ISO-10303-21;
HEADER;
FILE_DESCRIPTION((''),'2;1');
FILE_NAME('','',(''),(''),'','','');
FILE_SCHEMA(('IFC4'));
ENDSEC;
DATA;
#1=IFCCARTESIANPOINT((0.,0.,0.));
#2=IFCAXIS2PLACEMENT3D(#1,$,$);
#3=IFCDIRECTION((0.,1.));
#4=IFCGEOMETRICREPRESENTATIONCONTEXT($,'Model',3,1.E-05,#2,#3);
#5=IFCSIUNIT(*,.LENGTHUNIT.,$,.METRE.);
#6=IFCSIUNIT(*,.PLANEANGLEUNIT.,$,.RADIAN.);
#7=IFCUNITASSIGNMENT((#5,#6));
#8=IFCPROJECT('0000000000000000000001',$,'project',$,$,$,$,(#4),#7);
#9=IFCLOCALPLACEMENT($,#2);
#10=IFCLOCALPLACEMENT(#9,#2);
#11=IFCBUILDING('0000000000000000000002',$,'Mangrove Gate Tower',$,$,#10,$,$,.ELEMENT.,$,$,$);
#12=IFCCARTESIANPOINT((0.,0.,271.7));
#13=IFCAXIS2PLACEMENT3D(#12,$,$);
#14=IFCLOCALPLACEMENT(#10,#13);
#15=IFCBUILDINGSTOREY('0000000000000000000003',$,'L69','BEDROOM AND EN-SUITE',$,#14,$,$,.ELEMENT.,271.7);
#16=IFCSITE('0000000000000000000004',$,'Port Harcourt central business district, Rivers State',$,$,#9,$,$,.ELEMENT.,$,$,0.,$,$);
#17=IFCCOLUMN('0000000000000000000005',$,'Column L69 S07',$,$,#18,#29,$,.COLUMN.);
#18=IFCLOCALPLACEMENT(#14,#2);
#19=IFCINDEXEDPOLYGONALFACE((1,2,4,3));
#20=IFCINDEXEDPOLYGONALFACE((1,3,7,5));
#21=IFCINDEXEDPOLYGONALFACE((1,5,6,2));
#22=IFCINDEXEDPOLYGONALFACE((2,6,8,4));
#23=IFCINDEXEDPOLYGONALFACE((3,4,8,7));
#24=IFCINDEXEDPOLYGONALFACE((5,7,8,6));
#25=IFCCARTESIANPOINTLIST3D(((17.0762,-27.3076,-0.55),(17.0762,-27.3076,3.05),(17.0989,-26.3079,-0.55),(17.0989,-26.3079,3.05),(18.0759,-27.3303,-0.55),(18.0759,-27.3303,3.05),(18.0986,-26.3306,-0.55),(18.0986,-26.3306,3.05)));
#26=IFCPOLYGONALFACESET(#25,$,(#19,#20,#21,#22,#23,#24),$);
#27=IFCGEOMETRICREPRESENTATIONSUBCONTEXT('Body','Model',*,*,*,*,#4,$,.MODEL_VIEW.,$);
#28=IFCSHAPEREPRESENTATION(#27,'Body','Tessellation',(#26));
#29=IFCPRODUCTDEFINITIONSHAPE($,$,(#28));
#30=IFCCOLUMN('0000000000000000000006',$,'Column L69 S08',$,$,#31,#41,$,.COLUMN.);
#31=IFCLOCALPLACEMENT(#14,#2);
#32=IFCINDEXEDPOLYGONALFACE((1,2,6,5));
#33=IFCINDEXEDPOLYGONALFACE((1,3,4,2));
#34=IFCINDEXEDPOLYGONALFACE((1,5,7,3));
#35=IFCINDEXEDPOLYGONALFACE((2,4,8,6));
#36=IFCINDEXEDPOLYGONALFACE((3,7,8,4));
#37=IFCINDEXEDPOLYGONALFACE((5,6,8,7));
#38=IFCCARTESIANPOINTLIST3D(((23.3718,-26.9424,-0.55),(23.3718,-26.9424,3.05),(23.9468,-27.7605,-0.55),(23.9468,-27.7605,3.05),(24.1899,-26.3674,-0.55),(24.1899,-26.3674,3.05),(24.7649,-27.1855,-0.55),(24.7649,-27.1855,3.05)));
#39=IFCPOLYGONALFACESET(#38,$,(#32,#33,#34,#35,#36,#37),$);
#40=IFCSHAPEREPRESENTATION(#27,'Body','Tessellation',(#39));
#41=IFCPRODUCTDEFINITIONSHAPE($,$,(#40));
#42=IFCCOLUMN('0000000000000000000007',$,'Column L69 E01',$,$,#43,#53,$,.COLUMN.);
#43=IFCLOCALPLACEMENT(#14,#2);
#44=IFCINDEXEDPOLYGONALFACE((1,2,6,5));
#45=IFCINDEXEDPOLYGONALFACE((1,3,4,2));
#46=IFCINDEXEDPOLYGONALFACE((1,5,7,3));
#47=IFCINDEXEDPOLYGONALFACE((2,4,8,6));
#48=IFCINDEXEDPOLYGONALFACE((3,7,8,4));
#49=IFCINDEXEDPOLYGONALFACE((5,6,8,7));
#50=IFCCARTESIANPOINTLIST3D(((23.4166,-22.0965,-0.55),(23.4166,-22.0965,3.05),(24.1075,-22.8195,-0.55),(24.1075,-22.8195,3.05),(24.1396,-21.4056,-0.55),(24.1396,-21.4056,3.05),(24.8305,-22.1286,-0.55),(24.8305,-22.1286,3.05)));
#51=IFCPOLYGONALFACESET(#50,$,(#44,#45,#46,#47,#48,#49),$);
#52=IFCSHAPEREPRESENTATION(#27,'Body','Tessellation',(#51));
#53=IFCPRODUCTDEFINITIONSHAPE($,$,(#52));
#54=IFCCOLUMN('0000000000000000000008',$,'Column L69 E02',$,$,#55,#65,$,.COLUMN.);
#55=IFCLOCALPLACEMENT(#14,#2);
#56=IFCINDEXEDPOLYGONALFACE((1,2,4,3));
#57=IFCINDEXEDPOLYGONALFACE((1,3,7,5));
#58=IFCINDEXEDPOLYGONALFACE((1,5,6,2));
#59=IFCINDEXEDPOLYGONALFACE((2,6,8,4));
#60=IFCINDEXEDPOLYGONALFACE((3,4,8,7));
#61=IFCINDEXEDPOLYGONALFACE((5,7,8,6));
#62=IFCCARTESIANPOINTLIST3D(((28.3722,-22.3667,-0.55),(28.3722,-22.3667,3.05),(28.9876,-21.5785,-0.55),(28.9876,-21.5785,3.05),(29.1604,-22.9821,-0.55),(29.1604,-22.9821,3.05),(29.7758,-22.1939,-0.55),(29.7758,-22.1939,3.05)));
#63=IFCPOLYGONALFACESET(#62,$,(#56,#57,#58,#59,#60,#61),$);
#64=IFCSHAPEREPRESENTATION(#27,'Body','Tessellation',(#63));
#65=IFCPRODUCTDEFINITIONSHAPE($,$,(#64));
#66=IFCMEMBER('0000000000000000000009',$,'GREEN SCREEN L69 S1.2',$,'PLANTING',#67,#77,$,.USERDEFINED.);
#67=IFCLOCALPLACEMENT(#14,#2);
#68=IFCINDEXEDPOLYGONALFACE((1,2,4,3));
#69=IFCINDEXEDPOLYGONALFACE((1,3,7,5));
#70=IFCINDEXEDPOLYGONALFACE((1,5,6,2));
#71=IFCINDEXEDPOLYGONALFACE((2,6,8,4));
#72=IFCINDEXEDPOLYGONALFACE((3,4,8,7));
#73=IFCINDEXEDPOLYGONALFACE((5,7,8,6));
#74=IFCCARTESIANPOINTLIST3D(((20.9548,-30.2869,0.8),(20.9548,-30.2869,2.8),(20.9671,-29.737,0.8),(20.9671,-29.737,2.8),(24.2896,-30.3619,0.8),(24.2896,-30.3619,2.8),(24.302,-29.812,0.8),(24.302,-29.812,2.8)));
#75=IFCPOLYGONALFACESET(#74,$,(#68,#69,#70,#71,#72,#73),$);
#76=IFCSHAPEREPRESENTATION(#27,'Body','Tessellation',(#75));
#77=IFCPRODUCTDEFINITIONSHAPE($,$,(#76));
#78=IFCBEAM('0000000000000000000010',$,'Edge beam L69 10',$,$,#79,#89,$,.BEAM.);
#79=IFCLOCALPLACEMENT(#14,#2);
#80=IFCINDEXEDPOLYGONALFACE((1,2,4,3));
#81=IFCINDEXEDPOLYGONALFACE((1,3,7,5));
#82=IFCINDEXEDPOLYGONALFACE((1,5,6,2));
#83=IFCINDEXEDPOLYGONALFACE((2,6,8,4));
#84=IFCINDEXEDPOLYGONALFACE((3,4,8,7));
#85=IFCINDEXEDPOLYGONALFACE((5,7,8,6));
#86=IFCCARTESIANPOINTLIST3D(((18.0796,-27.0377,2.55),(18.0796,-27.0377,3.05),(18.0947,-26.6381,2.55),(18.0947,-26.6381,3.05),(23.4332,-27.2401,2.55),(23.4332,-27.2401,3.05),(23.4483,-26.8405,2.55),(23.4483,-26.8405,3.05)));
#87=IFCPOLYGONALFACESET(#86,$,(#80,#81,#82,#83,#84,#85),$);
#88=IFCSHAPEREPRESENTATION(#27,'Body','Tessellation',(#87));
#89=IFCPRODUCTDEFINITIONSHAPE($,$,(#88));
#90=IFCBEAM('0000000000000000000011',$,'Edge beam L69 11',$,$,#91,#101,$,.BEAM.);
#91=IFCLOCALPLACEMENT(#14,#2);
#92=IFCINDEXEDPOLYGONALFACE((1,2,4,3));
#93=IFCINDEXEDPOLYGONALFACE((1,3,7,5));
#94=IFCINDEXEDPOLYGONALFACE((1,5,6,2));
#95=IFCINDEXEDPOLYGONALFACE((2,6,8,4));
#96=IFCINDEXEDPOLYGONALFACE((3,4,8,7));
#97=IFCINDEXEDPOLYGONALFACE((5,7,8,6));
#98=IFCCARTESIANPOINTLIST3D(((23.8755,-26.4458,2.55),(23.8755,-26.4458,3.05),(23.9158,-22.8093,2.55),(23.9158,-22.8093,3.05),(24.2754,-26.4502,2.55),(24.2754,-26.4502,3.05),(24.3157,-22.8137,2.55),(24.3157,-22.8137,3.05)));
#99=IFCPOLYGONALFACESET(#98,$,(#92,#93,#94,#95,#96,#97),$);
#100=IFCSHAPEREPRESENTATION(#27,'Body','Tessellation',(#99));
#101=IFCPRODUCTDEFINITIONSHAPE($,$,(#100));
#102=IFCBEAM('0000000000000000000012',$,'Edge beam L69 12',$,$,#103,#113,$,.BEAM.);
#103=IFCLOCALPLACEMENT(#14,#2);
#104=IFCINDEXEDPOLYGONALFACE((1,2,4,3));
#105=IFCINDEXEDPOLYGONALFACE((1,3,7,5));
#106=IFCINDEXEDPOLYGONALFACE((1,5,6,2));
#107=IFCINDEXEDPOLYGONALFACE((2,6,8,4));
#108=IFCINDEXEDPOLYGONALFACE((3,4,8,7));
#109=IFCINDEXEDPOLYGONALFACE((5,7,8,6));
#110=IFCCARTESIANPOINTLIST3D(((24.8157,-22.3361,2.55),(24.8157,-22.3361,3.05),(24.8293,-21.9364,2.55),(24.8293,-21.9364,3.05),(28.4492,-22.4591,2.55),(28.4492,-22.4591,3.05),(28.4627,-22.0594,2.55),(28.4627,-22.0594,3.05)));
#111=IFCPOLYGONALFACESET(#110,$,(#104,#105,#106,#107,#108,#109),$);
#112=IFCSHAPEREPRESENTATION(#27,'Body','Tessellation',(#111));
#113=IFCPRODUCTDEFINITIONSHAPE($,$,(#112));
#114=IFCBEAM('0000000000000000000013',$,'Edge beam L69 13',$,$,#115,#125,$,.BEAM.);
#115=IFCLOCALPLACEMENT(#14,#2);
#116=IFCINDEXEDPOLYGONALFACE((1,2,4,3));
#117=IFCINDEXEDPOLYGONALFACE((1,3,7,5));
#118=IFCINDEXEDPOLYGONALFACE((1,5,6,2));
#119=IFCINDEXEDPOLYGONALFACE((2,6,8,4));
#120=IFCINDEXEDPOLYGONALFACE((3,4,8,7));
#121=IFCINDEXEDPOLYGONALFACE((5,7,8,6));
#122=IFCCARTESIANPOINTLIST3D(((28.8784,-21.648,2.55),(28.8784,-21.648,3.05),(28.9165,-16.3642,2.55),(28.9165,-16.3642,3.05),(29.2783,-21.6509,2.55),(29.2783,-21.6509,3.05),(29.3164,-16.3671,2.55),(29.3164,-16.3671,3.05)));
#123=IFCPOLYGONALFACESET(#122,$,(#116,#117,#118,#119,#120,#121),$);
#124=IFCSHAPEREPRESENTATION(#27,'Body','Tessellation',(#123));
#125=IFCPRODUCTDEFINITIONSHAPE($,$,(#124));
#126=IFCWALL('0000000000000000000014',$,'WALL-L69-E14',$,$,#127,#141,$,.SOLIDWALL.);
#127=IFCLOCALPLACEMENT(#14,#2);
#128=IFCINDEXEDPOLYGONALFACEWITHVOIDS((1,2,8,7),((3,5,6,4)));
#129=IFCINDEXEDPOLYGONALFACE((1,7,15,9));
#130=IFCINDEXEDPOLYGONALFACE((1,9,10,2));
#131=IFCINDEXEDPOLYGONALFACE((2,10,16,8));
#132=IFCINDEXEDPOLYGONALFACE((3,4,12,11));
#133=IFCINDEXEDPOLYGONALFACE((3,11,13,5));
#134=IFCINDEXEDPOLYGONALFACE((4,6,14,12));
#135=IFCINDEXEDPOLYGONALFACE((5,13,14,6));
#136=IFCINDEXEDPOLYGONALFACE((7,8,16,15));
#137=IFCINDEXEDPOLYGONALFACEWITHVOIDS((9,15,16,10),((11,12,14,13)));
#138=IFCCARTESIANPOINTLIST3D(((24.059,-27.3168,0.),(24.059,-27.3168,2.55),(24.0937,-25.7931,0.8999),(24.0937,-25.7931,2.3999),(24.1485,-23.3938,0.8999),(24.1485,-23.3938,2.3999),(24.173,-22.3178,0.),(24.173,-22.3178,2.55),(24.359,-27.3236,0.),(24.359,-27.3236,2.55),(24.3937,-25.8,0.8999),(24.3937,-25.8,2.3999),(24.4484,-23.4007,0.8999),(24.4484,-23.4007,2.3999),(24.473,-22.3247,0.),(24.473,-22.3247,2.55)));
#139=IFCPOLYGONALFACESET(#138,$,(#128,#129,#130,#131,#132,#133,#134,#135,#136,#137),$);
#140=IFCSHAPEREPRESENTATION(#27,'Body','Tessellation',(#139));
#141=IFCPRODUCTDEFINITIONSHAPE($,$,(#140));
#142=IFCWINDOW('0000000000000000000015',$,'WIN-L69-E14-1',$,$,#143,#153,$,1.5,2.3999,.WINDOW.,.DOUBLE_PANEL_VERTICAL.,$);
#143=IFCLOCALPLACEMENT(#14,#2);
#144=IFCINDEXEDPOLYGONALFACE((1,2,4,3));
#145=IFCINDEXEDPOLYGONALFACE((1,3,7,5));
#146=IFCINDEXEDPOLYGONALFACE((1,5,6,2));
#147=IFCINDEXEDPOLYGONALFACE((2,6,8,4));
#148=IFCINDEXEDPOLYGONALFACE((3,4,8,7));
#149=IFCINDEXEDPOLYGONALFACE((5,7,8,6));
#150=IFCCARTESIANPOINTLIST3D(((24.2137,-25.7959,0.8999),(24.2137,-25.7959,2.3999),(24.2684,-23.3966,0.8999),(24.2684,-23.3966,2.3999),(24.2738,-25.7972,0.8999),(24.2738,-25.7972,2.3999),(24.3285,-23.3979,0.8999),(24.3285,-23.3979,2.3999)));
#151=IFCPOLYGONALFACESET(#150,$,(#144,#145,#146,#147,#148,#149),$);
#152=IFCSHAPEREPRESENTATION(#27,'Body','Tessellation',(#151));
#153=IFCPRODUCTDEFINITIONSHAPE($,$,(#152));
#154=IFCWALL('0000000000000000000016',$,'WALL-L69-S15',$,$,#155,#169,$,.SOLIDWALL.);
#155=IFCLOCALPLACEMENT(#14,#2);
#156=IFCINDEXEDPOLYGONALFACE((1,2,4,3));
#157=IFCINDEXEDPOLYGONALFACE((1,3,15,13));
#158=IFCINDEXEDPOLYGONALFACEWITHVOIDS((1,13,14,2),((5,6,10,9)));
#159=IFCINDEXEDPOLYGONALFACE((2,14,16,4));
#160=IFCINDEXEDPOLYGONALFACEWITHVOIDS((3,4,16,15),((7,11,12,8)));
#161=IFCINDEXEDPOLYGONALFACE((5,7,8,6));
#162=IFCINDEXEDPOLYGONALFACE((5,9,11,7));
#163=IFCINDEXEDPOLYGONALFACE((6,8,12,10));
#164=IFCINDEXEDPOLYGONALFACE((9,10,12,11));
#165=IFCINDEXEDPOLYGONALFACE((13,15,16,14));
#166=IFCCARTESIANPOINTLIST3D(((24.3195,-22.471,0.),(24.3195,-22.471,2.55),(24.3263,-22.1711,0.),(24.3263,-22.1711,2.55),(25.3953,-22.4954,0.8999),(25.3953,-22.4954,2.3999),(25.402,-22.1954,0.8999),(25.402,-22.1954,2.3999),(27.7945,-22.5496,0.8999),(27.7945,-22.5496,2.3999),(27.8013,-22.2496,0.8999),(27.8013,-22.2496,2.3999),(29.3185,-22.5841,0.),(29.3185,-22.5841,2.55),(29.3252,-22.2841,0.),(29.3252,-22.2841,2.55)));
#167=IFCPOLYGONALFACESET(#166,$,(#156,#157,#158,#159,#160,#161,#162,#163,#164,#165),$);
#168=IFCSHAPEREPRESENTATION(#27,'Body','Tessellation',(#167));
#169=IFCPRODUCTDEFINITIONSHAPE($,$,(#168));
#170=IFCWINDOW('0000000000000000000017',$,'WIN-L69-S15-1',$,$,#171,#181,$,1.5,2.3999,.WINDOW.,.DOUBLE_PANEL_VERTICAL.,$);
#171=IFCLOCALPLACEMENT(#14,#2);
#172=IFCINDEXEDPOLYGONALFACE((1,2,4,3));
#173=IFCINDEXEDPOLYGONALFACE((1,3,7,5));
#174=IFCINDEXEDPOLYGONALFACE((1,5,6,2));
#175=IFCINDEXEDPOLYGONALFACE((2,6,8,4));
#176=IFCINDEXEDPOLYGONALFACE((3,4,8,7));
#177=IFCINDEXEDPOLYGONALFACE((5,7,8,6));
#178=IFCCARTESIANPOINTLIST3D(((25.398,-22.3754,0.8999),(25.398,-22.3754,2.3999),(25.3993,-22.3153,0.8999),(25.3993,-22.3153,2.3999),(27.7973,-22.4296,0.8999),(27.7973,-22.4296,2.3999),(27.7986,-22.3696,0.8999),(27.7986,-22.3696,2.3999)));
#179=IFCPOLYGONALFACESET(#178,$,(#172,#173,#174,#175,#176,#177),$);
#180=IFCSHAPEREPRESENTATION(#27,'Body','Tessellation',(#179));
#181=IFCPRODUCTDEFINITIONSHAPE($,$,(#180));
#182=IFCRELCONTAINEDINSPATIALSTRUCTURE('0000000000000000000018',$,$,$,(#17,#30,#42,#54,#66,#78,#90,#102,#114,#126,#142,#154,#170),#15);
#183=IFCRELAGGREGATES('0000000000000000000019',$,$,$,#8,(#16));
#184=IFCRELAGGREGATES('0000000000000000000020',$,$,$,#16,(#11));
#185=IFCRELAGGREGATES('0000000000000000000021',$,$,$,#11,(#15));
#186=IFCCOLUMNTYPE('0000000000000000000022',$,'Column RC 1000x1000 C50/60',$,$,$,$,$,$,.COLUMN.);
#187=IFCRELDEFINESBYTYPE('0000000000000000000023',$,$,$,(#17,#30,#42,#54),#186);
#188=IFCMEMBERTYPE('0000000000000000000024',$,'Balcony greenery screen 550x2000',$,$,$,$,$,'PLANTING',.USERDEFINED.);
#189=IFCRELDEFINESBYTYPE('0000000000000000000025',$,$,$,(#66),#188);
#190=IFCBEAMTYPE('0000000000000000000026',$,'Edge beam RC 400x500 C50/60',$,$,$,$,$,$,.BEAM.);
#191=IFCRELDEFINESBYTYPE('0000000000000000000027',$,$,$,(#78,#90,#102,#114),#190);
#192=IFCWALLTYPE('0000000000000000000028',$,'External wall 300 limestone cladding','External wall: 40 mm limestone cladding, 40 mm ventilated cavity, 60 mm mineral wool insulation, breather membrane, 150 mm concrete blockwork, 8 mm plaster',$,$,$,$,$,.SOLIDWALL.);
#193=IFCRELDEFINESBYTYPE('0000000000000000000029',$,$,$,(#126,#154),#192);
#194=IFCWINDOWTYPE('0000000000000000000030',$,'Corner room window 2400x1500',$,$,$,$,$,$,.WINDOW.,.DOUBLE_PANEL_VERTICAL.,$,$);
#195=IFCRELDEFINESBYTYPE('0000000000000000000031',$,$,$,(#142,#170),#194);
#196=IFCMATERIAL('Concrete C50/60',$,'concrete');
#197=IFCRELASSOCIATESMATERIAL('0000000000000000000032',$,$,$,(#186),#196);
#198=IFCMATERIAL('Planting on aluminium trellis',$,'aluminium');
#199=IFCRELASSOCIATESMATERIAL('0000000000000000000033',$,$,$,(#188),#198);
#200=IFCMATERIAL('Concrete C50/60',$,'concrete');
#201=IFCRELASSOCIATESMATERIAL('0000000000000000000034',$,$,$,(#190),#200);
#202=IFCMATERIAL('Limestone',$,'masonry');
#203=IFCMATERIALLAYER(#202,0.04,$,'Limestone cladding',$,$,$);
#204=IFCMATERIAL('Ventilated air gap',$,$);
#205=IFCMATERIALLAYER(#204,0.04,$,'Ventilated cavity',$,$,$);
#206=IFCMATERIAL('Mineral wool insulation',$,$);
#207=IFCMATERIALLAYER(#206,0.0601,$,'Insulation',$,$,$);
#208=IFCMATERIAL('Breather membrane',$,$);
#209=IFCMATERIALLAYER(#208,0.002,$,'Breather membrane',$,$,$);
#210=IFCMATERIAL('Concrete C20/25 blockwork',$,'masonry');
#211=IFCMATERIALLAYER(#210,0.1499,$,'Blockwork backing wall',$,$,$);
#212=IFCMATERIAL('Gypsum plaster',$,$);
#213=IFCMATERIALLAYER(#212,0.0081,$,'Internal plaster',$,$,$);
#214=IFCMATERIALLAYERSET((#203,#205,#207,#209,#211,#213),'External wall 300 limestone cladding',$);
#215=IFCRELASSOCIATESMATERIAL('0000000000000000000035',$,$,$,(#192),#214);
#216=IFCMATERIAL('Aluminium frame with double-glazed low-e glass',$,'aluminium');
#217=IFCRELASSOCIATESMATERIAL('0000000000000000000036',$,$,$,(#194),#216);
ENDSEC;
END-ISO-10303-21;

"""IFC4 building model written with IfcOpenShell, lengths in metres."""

from ifc_helpers import new_model, si_unit, direction, frame, frame_2d, origin, origin_2d, place, context, subcontext, project, spatial, rectangle, extrude, material, layer, layer_set, material_profile, profile_set, type_object, element, fill, save


model = new_model("IFC4")

# Units and contexts
model_context = context("Model", 3, precision=1e-05, world=origin(), true_north=direction((0.0, 1.0)))
body_context = subcontext(model_context, "Body", "Model", "MODEL_VIEW")
ifc_project = project(units=[si_unit("LENGTHUNIT", "METRE"), si_unit("PLANEANGLEUNIT", "RADIAN")], contexts=[model_context])

# Site, building, storey
site_placement = place(None, origin())
site = spatial("IfcSite", under=ifc_project, at=site_placement, Name="Port Harcourt central business district, Rivers State", CompositionType="ELEMENT", RefElevation=0.0)
building_placement = place(site_placement, origin())
building = spatial("IfcBuilding", under=site, at=building_placement, Name="Mangrove Gate Tower", CompositionType="ELEMENT")
storey_placement = place(building_placement, frame((0.0, 0.0, 271.7)))
storey = spatial("IfcBuildingStorey", under=building, at=storey_placement, Name="L69", Description="BEDROOM AND EN-SUITE", CompositionType="ELEMENT", Elevation=271.7)

# Columns
ifc_material_1 = material(Name="Concrete C50/60", Category="concrete")
ifc_material_profile_1 = material_profile(ifc_material_1, rectangle(XDim=1.0, YDim=1.0, at=origin_2d()))
ifc_profile_set_1 = profile_set([ifc_material_profile_1], Name="Concrete C50/60")
column_type = type_object("IfcColumnType", Name="Column RC 1000x1000 C50/60", PredefinedType="COLUMN", material=ifc_profile_set_1)
for number, where, z_axis, x_axis, name in (
    (1, (17.5874, -26.8191, -0.55), (0.0, 0.0, 1.0), (0.999742, -0.022708, 0.0), "Column L69 S07"),
    (2, (24.0684, -27.064, -0.55), (0.0, 0.0, 1.0), (0.818121, 0.575046, 0.0), "Column L69 S08"),
    (3, (24.1235, -22.1125, -0.55), (0.0, 0.0, 1.0), (0.722977, 0.690873, 0.0), "Column L69 E01"),
    (4, (29.074, -22.2803, -0.55), (0.0, 0.0, 1.0), (0.615428, 0.788193, 0.0), "Column L69 E02"),
):
    element("IfcColumn", number, at=place(storey_placement, frame(where, z_axis=z_axis, x_axis=x_axis)), inside=storey, type_object=column_type, Name=name, PredefinedType="COLUMN", context=body_context, shape_type="SweptSolid", body=[
        extrude(rectangle(XDim=1.0, YDim=1.0, at=origin_2d()), origin(), (0.0, 0.0, 1.0), 3.6001),
    ])

# Member
ifc_material_2 = material(Name="Planting on aluminium trellis", Category="aluminium")
ifc_material_profile_2 = material_profile(ifc_material_2, rectangle(XDim=0.55, YDim=2.0, at=origin_2d()))
ifc_profile_set_2 = profile_set([ifc_material_profile_2], Name="Planting on aluminium trellis")
member_type = type_object("IfcMemberType", Name="Balcony greenery screen 550x2000", ElementType="PLANTING", PredefinedType="USERDEFINED", material=ifc_profile_set_2)
member_placement = place(storey_placement, frame((20.9609, -30.012, 1.8), z_axis=(0.999748, -0.022469, 0.0), x_axis=(0.022469, 0.999748, 0.0)))
element("IfcMember", 5, at=member_placement, inside=storey, type_object=member_type, Name="GREEN SCREEN L69 S1.2", ObjectType="PLANTING", PredefinedType="USERDEFINED", context=body_context, shape_type="SweptSolid", body=[
    extrude(rectangle(XDim=0.55, YDim=2.0, at=origin_2d()), origin(), (0.0, 0.0, 1.0), 3.3357),
])

# Beams
ifc_material_3 = material(Name="Concrete C50/60", Category="concrete")
ifc_material_profile_3 = material_profile(ifc_material_3, rectangle(XDim=0.3999, YDim=0.5, at=origin_2d()))
ifc_profile_set_3 = profile_set([ifc_material_profile_3], Name="Concrete C50/60")
beam_type = type_object("IfcBeamType", Name="Edge beam RC 400x500 C50/60", PredefinedType="BEAM", material=ifc_profile_set_3)
beam_1_placement = place(storey_placement, frame((18.0872, -26.8379, 2.8), z_axis=(0.999286, -0.037779, 0.0), x_axis=(0.037779, 0.999286, 0.0)))
element("IfcBeam", 6, at=beam_1_placement, inside=storey, type_object=beam_type, Name="Edge beam L69 10", PredefinedType="BEAM", context=body_context, shape_type="SweptSolid", body=[
    extrude(rectangle(XDim=0.3999, YDim=0.5, at=origin_2d()), origin(), (0.0, 0.0, 1.0), 5.3574),
])
beam_2_placement = place(storey_placement, frame((24.0754, -26.448, 2.8), z_axis=(0.011077, 0.999939, 0.0), x_axis=(-0.999939, 0.011077, 0.0)))
element("IfcBeam", 7, at=beam_2_placement, inside=storey, type_object=beam_type, Name="Edge beam L69 11", PredefinedType="BEAM", context=body_context, shape_type="SweptSolid", body=[
    extrude(rectangle(XDim=0.3999, YDim=0.5, at=origin_2d()), origin(), (0.0, 0.0, 1.0), 3.6367),
])
beam_3_placement = place(storey_placement, frame((24.8225, -22.1362, 2.8), z_axis=(0.999427, -0.033847, 0.0), x_axis=(0.033847, 0.999427, 0.0)))
element("IfcBeam", 8, at=beam_3_placement, inside=storey, type_object=beam_type, Name="Edge beam L69 12", PredefinedType="BEAM", context=body_context, shape_type="SweptSolid", body=[
    extrude(rectangle(XDim=0.3999, YDim=0.5, at=origin_2d()), origin(), (0.0, 0.0, 1.0), 3.6355),
])
beam_4_placement = place(storey_placement, frame((29.0784, -21.6494, 2.8), z_axis=(0.007208, 0.999974, 0.0), x_axis=(-0.999974, 0.007208, 0.0)))
element("IfcBeam", 9, at=beam_4_placement, inside=storey, type_object=beam_type, Name="Edge beam L69 13", PredefinedType="BEAM", context=body_context, shape_type="SweptSolid", body=[
    extrude(rectangle(XDim=0.3999, YDim=0.5, at=origin_2d()), origin(), (0.0, 0.0, 1.0), 5.2839),
])

# Shared definitions
ifc_material_4 = material(Name="Limestone", Category="masonry")
ifc_layer_1 = layer(ifc_material_4, 0.04, Name="Limestone cladding")
ifc_material_5 = material(Name="Ventilated air gap")
ifc_layer_2 = layer(ifc_material_5, 0.04, Name="Ventilated cavity")
ifc_material_6 = material(Name="Mineral wool insulation")
ifc_layer_3 = layer(ifc_material_6, 0.0601, Name="Insulation")
ifc_material_7 = material(Name="Breather membrane")
ifc_layer_4 = layer(ifc_material_7, 0.002, Name="Breather membrane")
ifc_material_8 = material(Name="Concrete C20/25 blockwork", Category="masonry")
ifc_layer_5 = layer(ifc_material_8, 0.1499, Name="Blockwork backing wall")
ifc_material_9 = material(Name="Gypsum plaster")
ifc_layer_6 = layer(ifc_material_9, 0.0081, Name="Internal plaster")
ifc_layer_set_1 = layer_set([ifc_layer_1, ifc_layer_2, ifc_layer_3, ifc_layer_4, ifc_layer_5, ifc_layer_6], Name="External wall 300 limestone cladding")
wall_type_1 = type_object("IfcWallType", Name="External wall 300 limestone cladding", Description="External wall: 40 mm limestone cladding, 40 mm ventilated cavity, 60 mm mineral wool insulation, breather membrane, 150 mm concrete blockwork, 8 mm plaster", PredefinedType="SOLIDWALL", material=ifc_layer_set_1)
ifc_material_10 = material(Name="Aluminium frame with double-glazed low-e glass", Category="aluminium")
window_type = type_object("IfcWindowType", Name="Corner room window 2400x1500", PartitioningType="DOUBLE_PANEL_VERTICAL", PredefinedType="WINDOW", material=ifc_material_10)

# Walls, openings, windows
wall_1_placement = place(storey_placement, frame((24.209, -27.3201, 0.0), z_axis=(0.0, 0.0, 1.0), x_axis=(0.022801, 0.99974, 0.0)))
wall_1 = element("IfcWall", 10, at=wall_1_placement, inside=storey, type_object=wall_type_1, Name="WALL-L69-E14", PredefinedType="SOLIDWALL", context=body_context, shape_type="SweptSolid", body=[
    extrude(rectangle(XDim=5.0002, YDim=0.3, at=frame_2d((2.5, 0.0))), origin(), (0.0, 0.0, 1.0), 2.55),
])
opening_1_placement = place(wall_1_placement, frame((1.5239, 0.0, 0.8999)))
opening_1 = element("IfcOpeningElement", 11, at=opening_1_placement, cuts=wall_1, PredefinedType="OPENING", context=body_context, shape_type="SweptSolid", body=[
    extrude(rectangle(XDim=2.3999, YDim=1.5, at=frame_2d((1.2, 0.75))), frame((0.0, 0.1599, 0.0), z_axis=(0.0, -1.0, 0.0), x_axis=(1.0, 0.0, 0.0)), (0.0, 0.0, 1.0), 0.3201),
])
window_1_placement = place(opening_1_placement, origin())
window_1 = element("IfcWindow", 12, at=window_1_placement, inside=storey, type_object=window_type, Name="WIN-L69-E14-1", OverallHeight=1.5, OverallWidth=2.3999, PartitioningType="DOUBLE_PANEL_VERTICAL", PredefinedType="WINDOW", context=body_context, shape_type="SweptSolid", body=[
    extrude(rectangle(XDim=2.3999, YDim=1.5, at=frame_2d((1.2, 0.75))), frame((0.0, 0.03, 0.0), z_axis=(0.0, -1.0, 0.0), x_axis=(1.0, 0.0, 0.0)), (0.0, 0.0, 1.0), 0.0601),
])
fill(opening_1, window_1)
wall_2_placement = place(storey_placement, frame((24.323, -22.321, 0.0), z_axis=(0.0, 0.0, 1.0), x_axis=(0.999744, -0.022606, 0.0)))
wall_2 = element("IfcWall", 13, at=wall_2_placement, inside=storey, type_object=wall_type_1, Name="WALL-L69-S15", PredefinedType="SOLIDWALL", context=body_context, shape_type="SweptSolid", body=[
    extrude(rectangle(XDim=5.0002, YDim=0.3, at=frame_2d((2.5, 0.0))), origin(), (0.0, 0.0, 1.0), 2.55),
])
opening_2_placement = place(wall_2_placement, frame((1.0759, 0.0, 0.8999)))
opening_2 = element("IfcOpeningElement", 14, at=opening_2_placement, cuts=wall_2, PredefinedType="OPENING", context=body_context, shape_type="SweptSolid", body=[
    extrude(rectangle(XDim=2.3999, YDim=1.5, at=frame_2d((1.2, 0.75))), frame((0.0, 0.1599, 0.0), z_axis=(0.0, -1.0, 0.0), x_axis=(1.0, 0.0, 0.0)), (0.0, 0.0, 1.0), 0.3201),
])
window_2_placement = place(opening_2_placement, origin())
window_2 = element("IfcWindow", 15, at=window_2_placement, inside=storey, type_object=window_type, Name="WIN-L69-S15-1", OverallHeight=1.5, OverallWidth=2.3999, PartitioningType="DOUBLE_PANEL_VERTICAL", PredefinedType="WINDOW", context=body_context, shape_type="SweptSolid", body=[
    extrude(rectangle(XDim=2.3999, YDim=1.5, at=frame_2d((1.2, 0.75))), frame((0.0, 0.03, 0.0), z_axis=(0.0, -1.0, 0.0), x_axis=(1.0, 0.0, 0.0)), (0.0, 0.0, 1.0), 0.0601),
])
fill(opening_2, window_2)

save(model, "model.ifc")
